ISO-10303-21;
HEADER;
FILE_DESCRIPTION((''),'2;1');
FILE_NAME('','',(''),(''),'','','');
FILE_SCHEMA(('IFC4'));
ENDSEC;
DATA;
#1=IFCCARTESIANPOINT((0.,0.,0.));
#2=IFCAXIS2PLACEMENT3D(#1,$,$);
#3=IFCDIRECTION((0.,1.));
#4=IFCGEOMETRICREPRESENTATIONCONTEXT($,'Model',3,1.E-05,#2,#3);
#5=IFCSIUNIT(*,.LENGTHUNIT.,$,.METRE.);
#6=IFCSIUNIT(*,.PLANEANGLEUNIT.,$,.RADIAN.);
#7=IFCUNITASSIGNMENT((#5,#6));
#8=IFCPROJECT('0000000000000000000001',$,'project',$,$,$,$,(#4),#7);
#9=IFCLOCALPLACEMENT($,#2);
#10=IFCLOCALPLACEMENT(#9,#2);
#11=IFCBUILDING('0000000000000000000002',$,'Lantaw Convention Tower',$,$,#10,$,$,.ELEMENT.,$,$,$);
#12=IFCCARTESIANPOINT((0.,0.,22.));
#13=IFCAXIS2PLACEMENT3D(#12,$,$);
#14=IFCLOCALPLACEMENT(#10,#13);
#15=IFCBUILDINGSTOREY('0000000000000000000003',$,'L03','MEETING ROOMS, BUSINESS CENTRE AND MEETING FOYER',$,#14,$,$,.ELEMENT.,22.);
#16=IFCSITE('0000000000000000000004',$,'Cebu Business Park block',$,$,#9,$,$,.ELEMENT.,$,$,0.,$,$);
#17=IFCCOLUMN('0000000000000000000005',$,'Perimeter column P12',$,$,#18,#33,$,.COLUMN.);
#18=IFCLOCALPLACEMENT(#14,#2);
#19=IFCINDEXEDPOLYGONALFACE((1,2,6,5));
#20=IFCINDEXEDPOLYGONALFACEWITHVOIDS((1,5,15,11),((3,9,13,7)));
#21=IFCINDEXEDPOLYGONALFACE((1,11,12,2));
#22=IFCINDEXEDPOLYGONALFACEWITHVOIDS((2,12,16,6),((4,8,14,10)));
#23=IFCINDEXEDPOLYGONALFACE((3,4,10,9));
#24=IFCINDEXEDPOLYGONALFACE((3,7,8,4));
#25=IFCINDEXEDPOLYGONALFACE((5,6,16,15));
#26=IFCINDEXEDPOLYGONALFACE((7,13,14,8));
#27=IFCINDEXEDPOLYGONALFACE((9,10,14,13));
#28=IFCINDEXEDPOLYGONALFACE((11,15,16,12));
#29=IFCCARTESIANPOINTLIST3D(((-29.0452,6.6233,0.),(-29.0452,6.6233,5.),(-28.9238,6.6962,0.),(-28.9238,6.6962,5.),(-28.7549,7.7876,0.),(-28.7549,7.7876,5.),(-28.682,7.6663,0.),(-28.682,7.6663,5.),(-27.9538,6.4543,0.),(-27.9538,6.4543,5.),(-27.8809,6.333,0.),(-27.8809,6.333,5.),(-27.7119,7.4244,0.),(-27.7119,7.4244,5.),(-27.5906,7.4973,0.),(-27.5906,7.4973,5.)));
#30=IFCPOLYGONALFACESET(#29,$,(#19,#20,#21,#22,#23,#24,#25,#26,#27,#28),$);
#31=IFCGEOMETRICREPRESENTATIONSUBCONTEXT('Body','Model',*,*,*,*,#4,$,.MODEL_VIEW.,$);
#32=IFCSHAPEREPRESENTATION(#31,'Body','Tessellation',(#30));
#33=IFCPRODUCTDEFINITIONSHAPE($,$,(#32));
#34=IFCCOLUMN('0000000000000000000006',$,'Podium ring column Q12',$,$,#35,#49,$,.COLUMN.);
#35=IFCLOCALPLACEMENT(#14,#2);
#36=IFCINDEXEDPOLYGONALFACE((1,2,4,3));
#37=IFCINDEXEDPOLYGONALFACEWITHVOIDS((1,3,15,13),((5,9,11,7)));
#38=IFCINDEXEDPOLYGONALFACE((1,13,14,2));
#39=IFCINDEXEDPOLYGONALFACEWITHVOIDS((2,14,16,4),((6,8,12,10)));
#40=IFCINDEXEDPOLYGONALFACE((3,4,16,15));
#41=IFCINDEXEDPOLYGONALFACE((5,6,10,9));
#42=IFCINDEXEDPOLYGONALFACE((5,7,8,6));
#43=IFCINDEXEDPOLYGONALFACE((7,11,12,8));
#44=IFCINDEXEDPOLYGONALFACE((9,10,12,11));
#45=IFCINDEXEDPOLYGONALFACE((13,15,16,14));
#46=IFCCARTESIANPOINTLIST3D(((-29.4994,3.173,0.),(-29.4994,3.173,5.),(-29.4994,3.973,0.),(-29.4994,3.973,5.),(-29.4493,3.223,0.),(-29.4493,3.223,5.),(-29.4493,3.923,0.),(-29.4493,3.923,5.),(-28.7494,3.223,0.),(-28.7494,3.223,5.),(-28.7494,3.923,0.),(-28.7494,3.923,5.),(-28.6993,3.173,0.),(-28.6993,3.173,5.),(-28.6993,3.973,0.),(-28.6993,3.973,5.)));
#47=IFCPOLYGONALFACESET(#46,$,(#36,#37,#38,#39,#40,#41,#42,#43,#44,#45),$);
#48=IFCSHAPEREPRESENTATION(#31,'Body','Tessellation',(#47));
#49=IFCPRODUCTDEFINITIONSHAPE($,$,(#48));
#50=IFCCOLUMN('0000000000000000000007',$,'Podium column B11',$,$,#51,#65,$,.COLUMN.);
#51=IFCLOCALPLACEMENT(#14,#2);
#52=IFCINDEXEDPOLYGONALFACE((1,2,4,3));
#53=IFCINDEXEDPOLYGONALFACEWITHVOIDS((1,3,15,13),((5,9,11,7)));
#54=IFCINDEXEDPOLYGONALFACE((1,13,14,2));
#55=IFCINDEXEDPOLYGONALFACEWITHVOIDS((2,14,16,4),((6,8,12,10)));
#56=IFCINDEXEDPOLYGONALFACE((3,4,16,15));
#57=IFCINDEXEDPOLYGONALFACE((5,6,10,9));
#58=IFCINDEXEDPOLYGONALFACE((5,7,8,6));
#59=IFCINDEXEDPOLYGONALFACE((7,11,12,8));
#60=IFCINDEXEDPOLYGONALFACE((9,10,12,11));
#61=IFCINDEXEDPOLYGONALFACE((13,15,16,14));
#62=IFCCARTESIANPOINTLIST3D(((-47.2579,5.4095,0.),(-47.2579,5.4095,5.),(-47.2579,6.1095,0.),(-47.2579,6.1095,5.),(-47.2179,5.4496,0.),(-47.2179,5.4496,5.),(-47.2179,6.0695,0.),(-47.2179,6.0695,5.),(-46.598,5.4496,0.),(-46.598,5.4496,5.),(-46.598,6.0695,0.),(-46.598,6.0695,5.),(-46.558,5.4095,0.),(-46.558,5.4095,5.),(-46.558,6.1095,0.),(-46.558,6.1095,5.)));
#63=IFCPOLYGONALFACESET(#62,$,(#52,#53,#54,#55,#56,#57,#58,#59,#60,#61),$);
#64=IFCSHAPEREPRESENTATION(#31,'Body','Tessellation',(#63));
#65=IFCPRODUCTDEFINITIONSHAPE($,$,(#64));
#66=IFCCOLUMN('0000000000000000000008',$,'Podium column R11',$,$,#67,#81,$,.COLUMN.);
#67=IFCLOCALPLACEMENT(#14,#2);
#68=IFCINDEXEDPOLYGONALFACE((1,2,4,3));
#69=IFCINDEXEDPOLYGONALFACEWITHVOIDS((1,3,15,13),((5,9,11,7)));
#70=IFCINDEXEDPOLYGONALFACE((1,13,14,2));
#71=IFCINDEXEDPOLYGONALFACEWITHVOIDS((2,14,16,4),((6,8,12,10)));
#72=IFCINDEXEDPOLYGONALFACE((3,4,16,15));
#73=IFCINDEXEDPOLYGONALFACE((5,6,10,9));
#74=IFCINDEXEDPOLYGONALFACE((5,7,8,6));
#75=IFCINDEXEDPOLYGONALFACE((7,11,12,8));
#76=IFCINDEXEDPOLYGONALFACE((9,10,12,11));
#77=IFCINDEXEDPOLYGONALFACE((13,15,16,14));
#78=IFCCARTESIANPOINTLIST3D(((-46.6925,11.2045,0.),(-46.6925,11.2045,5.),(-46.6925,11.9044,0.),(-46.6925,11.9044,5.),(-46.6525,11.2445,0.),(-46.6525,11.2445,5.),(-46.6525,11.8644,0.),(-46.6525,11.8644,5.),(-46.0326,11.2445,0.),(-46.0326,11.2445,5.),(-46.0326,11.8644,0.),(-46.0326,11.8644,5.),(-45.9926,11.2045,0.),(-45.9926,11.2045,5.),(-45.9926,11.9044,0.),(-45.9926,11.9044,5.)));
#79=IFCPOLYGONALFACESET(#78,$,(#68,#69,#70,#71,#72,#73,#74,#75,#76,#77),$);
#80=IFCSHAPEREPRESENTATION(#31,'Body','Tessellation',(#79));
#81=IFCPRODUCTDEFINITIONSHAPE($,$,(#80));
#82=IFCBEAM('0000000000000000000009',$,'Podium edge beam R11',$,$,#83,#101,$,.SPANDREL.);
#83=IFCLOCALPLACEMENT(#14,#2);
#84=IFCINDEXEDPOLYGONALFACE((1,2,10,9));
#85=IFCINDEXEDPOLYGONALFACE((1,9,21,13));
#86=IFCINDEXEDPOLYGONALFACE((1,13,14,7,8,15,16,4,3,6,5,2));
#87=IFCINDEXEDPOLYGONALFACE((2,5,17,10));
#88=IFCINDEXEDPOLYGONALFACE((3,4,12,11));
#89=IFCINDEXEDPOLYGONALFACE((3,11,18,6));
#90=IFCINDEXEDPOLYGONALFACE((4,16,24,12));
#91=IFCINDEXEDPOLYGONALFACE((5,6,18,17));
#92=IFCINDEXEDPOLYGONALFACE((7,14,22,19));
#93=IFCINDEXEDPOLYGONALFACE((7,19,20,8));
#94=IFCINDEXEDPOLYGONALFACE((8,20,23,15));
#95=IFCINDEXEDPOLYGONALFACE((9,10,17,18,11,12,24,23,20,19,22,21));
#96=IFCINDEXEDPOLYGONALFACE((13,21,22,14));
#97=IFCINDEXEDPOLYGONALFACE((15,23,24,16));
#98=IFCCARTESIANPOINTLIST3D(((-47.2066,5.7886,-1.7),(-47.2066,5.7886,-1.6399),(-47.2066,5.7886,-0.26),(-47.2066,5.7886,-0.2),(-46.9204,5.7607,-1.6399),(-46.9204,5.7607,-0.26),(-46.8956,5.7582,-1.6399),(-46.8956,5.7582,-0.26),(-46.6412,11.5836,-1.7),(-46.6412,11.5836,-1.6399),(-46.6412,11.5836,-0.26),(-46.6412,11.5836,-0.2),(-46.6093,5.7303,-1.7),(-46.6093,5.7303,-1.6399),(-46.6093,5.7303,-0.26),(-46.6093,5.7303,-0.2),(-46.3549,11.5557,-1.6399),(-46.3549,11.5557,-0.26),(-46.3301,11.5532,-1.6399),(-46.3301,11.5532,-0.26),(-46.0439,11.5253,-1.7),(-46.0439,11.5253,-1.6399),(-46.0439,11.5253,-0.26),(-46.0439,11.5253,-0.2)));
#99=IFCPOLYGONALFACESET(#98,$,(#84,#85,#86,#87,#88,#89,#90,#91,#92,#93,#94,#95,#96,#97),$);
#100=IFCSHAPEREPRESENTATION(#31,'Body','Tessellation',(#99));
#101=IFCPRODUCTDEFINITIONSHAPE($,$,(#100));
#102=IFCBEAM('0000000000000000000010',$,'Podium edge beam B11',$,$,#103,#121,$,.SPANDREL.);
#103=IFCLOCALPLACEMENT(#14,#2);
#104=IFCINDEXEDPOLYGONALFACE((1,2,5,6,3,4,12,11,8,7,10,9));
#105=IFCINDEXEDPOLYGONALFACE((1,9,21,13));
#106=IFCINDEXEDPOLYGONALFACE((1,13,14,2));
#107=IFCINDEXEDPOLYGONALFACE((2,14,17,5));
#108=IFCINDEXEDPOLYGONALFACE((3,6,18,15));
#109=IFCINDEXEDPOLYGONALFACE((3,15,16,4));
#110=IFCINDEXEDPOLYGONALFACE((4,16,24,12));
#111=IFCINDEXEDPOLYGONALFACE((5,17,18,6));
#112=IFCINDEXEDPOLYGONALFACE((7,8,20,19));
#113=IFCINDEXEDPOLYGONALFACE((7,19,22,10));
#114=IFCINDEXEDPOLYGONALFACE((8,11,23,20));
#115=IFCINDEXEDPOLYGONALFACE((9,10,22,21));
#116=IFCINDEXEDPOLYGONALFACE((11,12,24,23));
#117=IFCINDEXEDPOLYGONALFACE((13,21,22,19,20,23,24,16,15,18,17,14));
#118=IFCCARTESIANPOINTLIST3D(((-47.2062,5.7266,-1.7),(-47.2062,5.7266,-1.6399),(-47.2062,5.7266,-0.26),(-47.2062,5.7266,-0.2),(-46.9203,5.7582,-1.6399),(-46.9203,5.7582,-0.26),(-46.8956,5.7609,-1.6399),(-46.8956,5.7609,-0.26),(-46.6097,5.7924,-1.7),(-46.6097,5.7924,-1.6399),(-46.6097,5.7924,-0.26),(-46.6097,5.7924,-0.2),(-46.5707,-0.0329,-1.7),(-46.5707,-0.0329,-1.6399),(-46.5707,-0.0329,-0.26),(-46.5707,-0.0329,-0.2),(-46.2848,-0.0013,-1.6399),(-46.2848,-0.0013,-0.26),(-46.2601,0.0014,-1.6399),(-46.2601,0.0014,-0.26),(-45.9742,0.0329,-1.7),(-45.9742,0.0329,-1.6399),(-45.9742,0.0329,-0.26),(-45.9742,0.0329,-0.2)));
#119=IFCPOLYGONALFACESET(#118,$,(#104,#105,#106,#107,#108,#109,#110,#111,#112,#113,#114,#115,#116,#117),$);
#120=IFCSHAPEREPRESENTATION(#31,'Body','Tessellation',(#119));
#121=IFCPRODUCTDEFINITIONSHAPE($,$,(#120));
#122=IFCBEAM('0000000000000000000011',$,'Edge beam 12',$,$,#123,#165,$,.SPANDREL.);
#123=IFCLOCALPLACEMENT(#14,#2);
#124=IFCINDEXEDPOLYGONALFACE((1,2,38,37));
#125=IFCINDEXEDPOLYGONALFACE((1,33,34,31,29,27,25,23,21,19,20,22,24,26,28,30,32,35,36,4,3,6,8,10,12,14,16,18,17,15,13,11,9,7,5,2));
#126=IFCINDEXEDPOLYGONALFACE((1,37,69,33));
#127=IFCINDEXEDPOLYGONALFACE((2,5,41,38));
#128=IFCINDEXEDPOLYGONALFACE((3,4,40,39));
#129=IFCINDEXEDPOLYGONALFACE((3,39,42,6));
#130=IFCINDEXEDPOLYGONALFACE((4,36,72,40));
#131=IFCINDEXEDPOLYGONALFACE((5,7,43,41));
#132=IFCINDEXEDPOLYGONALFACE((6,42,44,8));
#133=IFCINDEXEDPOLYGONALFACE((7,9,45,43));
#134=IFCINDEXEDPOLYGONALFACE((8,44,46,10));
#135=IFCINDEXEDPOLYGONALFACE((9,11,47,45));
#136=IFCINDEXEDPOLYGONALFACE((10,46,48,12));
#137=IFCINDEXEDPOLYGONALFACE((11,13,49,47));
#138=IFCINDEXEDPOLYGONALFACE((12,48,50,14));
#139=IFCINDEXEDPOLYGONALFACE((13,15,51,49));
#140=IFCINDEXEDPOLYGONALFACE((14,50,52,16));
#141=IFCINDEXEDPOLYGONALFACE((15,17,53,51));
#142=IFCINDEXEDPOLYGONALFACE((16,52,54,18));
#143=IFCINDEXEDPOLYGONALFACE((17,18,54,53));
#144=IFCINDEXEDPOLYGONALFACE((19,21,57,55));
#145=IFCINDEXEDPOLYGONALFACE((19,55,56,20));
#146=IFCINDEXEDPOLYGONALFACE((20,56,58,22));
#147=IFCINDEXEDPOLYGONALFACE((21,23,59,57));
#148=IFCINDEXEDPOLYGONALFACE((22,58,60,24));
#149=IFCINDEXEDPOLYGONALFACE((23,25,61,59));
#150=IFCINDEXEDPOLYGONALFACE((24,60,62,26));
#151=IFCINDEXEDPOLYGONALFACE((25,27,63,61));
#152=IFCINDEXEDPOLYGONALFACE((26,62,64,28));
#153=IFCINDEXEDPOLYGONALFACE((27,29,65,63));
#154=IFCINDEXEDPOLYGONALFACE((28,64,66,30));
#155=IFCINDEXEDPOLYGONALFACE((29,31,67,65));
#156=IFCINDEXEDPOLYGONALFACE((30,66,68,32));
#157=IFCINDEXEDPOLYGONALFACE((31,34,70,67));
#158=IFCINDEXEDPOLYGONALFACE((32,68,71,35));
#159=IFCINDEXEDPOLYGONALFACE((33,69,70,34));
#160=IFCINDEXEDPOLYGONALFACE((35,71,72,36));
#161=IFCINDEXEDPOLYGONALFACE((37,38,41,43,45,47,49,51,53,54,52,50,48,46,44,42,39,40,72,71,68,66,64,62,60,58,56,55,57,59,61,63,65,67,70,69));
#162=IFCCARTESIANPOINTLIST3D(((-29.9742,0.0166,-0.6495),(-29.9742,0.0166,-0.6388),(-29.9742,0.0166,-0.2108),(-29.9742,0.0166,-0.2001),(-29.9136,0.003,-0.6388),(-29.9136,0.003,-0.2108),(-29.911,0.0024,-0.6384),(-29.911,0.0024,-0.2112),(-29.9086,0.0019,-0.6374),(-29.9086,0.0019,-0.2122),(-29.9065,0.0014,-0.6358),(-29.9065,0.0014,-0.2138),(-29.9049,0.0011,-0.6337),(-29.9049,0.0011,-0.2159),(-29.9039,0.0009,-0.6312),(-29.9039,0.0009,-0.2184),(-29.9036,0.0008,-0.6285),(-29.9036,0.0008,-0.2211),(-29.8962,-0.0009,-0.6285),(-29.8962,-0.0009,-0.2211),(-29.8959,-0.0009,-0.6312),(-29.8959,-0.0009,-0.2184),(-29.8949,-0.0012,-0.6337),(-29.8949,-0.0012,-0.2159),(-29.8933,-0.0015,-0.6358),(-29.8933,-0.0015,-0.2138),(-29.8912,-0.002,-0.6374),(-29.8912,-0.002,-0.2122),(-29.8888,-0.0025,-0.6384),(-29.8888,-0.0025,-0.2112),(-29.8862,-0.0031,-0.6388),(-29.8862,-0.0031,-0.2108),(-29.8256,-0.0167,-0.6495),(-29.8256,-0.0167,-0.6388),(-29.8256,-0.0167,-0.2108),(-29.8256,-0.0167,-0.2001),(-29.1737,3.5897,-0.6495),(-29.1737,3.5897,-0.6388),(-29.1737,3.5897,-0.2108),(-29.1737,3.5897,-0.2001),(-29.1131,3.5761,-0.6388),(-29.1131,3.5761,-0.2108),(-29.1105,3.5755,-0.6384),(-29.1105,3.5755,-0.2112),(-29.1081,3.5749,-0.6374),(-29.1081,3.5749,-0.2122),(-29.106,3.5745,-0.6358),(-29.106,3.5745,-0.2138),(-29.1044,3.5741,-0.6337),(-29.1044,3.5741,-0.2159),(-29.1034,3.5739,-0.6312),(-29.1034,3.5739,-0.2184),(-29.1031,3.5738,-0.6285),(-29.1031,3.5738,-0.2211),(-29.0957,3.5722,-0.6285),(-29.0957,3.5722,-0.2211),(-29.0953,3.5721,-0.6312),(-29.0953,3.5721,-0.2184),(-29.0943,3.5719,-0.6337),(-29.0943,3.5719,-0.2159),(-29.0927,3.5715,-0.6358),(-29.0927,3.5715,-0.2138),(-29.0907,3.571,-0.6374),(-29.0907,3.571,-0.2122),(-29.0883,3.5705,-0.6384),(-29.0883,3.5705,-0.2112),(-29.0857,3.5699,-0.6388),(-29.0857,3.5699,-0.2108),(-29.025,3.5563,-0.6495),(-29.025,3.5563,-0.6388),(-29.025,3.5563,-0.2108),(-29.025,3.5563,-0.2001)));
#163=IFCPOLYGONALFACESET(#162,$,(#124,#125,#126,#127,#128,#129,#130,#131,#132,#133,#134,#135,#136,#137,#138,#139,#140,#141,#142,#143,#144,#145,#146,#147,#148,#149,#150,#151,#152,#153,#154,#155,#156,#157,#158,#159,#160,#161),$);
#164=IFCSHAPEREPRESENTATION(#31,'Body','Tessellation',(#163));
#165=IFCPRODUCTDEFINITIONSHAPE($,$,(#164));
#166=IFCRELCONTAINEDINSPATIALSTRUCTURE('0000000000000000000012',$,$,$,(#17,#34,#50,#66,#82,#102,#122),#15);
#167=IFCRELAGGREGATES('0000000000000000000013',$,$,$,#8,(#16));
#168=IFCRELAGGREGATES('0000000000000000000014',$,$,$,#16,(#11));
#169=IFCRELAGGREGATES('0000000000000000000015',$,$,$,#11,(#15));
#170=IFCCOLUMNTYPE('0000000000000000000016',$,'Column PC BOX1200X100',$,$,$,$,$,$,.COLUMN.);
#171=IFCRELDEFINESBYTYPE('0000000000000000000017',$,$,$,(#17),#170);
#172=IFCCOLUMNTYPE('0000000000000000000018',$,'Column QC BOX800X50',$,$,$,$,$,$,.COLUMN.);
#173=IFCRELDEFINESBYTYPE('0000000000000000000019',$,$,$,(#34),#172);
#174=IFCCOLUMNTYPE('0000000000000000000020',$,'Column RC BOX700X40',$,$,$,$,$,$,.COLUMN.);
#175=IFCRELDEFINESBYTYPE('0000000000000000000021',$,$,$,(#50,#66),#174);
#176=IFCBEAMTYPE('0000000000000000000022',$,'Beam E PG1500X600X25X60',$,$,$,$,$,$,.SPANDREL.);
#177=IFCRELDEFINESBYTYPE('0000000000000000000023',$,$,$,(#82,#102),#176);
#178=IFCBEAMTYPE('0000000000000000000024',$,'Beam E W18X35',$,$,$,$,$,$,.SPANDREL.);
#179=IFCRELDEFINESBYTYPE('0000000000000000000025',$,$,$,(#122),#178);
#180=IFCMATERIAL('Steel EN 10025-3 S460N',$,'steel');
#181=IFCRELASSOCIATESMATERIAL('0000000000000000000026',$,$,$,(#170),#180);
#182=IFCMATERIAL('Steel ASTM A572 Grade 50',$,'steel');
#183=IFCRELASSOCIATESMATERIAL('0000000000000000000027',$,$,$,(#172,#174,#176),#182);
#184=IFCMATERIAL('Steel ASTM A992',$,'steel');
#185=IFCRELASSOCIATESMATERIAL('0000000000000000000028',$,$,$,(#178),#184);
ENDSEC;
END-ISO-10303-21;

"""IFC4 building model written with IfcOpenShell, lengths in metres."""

from ifc_helpers import new_model, si_unit, direction, frame, origin, origin_2d, place, context, subcontext, project, spatial, rectangle, hollow_rectangle, i_section, extrude, material, material_profile, profile_set, type_object, element, save


model = new_model("IFC4")

# Units and contexts
model_context = context("Model", 3, precision=1e-05, world=origin(), true_north=direction((0.0, 1.0)))
body_context = subcontext(model_context, "Body", "Model", "MODEL_VIEW")
ifc_project = project(units=[si_unit("LENGTHUNIT", "METRE"), si_unit("PLANEANGLEUNIT", "RADIAN")], contexts=[model_context])

# Site, building, storey
site_placement = place(None, origin())
site = spatial("IfcSite", under=ifc_project, at=site_placement, Name="Cebu Business Park block", CompositionType="ELEMENT", RefElevation=0.0)
building_placement = place(site_placement, origin())
building = spatial("IfcBuilding", under=site, at=building_placement, Name="Lantaw Convention Tower", CompositionType="ELEMENT")
storey_placement = place(building_placement, frame((0.0, 0.0, 22.0)))
storey = spatial("IfcBuildingStorey", under=building, at=storey_placement, Name="L03", Description="MEETING ROOMS, BUSINESS CENTRE AND MEETING FOYER", CompositionType="ELEMENT", Elevation=22.0)

# Columns
ifc_material_1 = material(Name="Steel EN 10025-3 S460N", Category="steel")
ifc_material_profile_1 = material_profile(ifc_material_1, hollow_rectangle(XDim=1.2, YDim=1.2, WallThickness=0.1001, at=origin_2d()), Name="BOX1200X100")
ifc_material_2 = material(Name="Concrete C60/75", Category="concrete")
ifc_material_profile_2 = material_profile(ifc_material_2, rectangle(XDim=1.0, YDim=1.0, at=origin_2d()), Name="Concrete fill of BOX1200X100")
ifc_profile_set_1 = profile_set([ifc_material_profile_1, ifc_material_profile_2], Name="Steel EN 10025-3 S460N")
column_type_1 = type_object("IfcColumnType", Name="Column PC BOX1200X100", PredefinedType="COLUMN", material=ifc_profile_set_1)
column_1_placement = place(storey_placement, frame((-28.3179, 7.0603, 0.0), z_axis=(0.0, 0.0, 1.0), x_axis=(0.241922, 0.970296, 0.0)))
element("IfcColumn", 1, at=column_1_placement, inside=storey, type_object=column_type_1, Name="Perimeter column P12", PredefinedType="COLUMN", context=body_context, shape_type="SweptSolid", body=[
    extrude(hollow_rectangle(XDim=1.2, YDim=1.2, WallThickness=0.1001, at=origin_2d()), origin(), (0.0, 0.0, 1.0), 5.0),
])
ifc_material_3 = material(Name="Steel ASTM A572 Grade 50", Category="steel")
ifc_material_profile_3 = material_profile(ifc_material_3, hollow_rectangle(XDim=0.8, YDim=0.8, WallThickness=0.05, at=origin_2d()), Name="BOX800X50")
ifc_profile_set_2 = profile_set([ifc_material_profile_3], Name="Steel ASTM A572 Grade 50")
column_type_2 = type_object("IfcColumnType", Name="Column QC BOX800X50", PredefinedType="COLUMN", material=ifc_profile_set_2)
column_2_placement = place(storey_placement, frame((-29.0994, 3.573, 0.0), z_axis=(0.0, 0.0, 1.0), x_axis=(1.0, 0.0, 0.0)))
element("IfcColumn", 2, at=column_2_placement, inside=storey, type_object=column_type_2, Name="Podium ring column Q12", PredefinedType="COLUMN", context=body_context, shape_type="SweptSolid", body=[
    extrude(hollow_rectangle(XDim=0.8, YDim=0.8, WallThickness=0.05, at=origin_2d()), origin(), (0.0, 0.0, 1.0), 5.0),
])
ifc_material_profile_4 = material_profile(ifc_material_3, hollow_rectangle(XDim=0.7, YDim=0.7, WallThickness=0.04, at=origin_2d()), Name="BOX700X40")
ifc_profile_set_3 = profile_set([ifc_material_profile_4], Name="Steel ASTM A572 Grade 50")
column_type_3 = type_object("IfcColumnType", Name="Column RC BOX700X40", PredefinedType="COLUMN", material=ifc_profile_set_3)
for number, where, z_axis, x_axis, name in (
    (3, (-46.908, 5.7595, 0.0), (0.0, 0.0, 1.0), (1.0, 0.0, 0.0), "Podium column B11"),
    (4, (-46.3425, 11.5544, 0.0), (0.0, 0.0, 1.0), (1.0, 0.0, 0.0), "Podium column R11"),
):
    element("IfcColumn", number, at=place(storey_placement, frame(where, z_axis=z_axis, x_axis=x_axis)), inside=storey, type_object=column_type_3, Name=name, PredefinedType="COLUMN", context=body_context, shape_type="SweptSolid", body=[
        extrude(hollow_rectangle(XDim=0.7, YDim=0.7, WallThickness=0.04, at=origin_2d()), origin(), (0.0, 0.0, 1.0), 5.0),
    ])

# Beams
ifc_material_profile_5 = material_profile(ifc_material_3, i_section(OverallWidth=0.6001, OverallDepth=1.5, WebThickness=0.0249, FlangeThickness=0.0601, at=origin_2d()), Name="PG1500X600X25X60")
ifc_profile_set_4 = profile_set([ifc_material_profile_5], Name="Steel ASTM A572 Grade 50")
beam_type_1 = type_object("IfcBeamType", Name="Beam E PG1500X600X25X60", PredefinedType="SPANDREL", material=ifc_profile_set_4)
beam_1_placement = place(storey_placement, frame((-46.3425, 11.5544, -0.95), z_axis=(-0.097112, -0.995273, 0.0), x_axis=(0.995273, -0.097112, 0.0)))
element("IfcBeam", 5, at=beam_1_placement, inside=storey, type_object=beam_type_1, Name="Podium edge beam R11", PredefinedType="SPANDREL", context=body_context, shape_type="SweptSolid", body=[
    extrude(i_section(OverallWidth=0.6001, OverallDepth=1.5, WebThickness=0.0249, FlangeThickness=0.0601, at=origin_2d()), origin(), (0.0, 0.0, 1.0), 5.8225),
])
beam_2_placement = place(storey_placement, frame((-46.908, 5.7595, -0.95), z_axis=(0.109673, -0.993968, 0.0), x_axis=(0.993968, 0.109673, 0.0)))
element("IfcBeam", 6, at=beam_2_placement, inside=storey, type_object=beam_type_1, Name="Podium edge beam B11", PredefinedType="SPANDREL", context=body_context, shape_type="SweptSolid", body=[
    extrude(i_section(OverallWidth=0.6001, OverallDepth=1.5, WebThickness=0.0249, FlangeThickness=0.0601, at=origin_2d()), origin(), (0.0, 0.0, 1.0), 5.7944),
])
ifc_material_4 = material(Name="Steel ASTM A992", Category="steel")
ifc_material_profile_6 = material_profile(ifc_material_4, i_section(OverallWidth=0.1523, OverallDepth=0.4495, WebThickness=0.0076, FlangeThickness=0.0107, FilletRadius=0.0103, at=origin_2d()), Name="W18X35")
ifc_profile_set_5 = profile_set([ifc_material_profile_6], Name="Steel ASTM A992")
beam_type_2 = type_object("IfcBeamType", Name="Beam E W18X35", PredefinedType="SPANDREL", material=ifc_profile_set_5)
beam_3_placement = place(storey_placement, frame((-29.0994, 3.573, -0.4248), z_axis=(-0.218632, -0.975807, 0.0), x_axis=(0.975807, -0.218632, 0.0)))
element("IfcBeam", 7, at=beam_3_placement, inside=storey, type_object=beam_type_2, Name="Edge beam 12", PredefinedType="SPANDREL", context=body_context, shape_type="SweptSolid", body=[
    extrude(i_section(OverallWidth=0.1523, OverallDepth=0.4495, WebThickness=0.0076, FlangeThickness=0.0107, FilletRadius=0.0103, at=origin_2d()), origin(), (0.0, 0.0, 1.0), 3.6616),
])

save(model, "model.ifc")
